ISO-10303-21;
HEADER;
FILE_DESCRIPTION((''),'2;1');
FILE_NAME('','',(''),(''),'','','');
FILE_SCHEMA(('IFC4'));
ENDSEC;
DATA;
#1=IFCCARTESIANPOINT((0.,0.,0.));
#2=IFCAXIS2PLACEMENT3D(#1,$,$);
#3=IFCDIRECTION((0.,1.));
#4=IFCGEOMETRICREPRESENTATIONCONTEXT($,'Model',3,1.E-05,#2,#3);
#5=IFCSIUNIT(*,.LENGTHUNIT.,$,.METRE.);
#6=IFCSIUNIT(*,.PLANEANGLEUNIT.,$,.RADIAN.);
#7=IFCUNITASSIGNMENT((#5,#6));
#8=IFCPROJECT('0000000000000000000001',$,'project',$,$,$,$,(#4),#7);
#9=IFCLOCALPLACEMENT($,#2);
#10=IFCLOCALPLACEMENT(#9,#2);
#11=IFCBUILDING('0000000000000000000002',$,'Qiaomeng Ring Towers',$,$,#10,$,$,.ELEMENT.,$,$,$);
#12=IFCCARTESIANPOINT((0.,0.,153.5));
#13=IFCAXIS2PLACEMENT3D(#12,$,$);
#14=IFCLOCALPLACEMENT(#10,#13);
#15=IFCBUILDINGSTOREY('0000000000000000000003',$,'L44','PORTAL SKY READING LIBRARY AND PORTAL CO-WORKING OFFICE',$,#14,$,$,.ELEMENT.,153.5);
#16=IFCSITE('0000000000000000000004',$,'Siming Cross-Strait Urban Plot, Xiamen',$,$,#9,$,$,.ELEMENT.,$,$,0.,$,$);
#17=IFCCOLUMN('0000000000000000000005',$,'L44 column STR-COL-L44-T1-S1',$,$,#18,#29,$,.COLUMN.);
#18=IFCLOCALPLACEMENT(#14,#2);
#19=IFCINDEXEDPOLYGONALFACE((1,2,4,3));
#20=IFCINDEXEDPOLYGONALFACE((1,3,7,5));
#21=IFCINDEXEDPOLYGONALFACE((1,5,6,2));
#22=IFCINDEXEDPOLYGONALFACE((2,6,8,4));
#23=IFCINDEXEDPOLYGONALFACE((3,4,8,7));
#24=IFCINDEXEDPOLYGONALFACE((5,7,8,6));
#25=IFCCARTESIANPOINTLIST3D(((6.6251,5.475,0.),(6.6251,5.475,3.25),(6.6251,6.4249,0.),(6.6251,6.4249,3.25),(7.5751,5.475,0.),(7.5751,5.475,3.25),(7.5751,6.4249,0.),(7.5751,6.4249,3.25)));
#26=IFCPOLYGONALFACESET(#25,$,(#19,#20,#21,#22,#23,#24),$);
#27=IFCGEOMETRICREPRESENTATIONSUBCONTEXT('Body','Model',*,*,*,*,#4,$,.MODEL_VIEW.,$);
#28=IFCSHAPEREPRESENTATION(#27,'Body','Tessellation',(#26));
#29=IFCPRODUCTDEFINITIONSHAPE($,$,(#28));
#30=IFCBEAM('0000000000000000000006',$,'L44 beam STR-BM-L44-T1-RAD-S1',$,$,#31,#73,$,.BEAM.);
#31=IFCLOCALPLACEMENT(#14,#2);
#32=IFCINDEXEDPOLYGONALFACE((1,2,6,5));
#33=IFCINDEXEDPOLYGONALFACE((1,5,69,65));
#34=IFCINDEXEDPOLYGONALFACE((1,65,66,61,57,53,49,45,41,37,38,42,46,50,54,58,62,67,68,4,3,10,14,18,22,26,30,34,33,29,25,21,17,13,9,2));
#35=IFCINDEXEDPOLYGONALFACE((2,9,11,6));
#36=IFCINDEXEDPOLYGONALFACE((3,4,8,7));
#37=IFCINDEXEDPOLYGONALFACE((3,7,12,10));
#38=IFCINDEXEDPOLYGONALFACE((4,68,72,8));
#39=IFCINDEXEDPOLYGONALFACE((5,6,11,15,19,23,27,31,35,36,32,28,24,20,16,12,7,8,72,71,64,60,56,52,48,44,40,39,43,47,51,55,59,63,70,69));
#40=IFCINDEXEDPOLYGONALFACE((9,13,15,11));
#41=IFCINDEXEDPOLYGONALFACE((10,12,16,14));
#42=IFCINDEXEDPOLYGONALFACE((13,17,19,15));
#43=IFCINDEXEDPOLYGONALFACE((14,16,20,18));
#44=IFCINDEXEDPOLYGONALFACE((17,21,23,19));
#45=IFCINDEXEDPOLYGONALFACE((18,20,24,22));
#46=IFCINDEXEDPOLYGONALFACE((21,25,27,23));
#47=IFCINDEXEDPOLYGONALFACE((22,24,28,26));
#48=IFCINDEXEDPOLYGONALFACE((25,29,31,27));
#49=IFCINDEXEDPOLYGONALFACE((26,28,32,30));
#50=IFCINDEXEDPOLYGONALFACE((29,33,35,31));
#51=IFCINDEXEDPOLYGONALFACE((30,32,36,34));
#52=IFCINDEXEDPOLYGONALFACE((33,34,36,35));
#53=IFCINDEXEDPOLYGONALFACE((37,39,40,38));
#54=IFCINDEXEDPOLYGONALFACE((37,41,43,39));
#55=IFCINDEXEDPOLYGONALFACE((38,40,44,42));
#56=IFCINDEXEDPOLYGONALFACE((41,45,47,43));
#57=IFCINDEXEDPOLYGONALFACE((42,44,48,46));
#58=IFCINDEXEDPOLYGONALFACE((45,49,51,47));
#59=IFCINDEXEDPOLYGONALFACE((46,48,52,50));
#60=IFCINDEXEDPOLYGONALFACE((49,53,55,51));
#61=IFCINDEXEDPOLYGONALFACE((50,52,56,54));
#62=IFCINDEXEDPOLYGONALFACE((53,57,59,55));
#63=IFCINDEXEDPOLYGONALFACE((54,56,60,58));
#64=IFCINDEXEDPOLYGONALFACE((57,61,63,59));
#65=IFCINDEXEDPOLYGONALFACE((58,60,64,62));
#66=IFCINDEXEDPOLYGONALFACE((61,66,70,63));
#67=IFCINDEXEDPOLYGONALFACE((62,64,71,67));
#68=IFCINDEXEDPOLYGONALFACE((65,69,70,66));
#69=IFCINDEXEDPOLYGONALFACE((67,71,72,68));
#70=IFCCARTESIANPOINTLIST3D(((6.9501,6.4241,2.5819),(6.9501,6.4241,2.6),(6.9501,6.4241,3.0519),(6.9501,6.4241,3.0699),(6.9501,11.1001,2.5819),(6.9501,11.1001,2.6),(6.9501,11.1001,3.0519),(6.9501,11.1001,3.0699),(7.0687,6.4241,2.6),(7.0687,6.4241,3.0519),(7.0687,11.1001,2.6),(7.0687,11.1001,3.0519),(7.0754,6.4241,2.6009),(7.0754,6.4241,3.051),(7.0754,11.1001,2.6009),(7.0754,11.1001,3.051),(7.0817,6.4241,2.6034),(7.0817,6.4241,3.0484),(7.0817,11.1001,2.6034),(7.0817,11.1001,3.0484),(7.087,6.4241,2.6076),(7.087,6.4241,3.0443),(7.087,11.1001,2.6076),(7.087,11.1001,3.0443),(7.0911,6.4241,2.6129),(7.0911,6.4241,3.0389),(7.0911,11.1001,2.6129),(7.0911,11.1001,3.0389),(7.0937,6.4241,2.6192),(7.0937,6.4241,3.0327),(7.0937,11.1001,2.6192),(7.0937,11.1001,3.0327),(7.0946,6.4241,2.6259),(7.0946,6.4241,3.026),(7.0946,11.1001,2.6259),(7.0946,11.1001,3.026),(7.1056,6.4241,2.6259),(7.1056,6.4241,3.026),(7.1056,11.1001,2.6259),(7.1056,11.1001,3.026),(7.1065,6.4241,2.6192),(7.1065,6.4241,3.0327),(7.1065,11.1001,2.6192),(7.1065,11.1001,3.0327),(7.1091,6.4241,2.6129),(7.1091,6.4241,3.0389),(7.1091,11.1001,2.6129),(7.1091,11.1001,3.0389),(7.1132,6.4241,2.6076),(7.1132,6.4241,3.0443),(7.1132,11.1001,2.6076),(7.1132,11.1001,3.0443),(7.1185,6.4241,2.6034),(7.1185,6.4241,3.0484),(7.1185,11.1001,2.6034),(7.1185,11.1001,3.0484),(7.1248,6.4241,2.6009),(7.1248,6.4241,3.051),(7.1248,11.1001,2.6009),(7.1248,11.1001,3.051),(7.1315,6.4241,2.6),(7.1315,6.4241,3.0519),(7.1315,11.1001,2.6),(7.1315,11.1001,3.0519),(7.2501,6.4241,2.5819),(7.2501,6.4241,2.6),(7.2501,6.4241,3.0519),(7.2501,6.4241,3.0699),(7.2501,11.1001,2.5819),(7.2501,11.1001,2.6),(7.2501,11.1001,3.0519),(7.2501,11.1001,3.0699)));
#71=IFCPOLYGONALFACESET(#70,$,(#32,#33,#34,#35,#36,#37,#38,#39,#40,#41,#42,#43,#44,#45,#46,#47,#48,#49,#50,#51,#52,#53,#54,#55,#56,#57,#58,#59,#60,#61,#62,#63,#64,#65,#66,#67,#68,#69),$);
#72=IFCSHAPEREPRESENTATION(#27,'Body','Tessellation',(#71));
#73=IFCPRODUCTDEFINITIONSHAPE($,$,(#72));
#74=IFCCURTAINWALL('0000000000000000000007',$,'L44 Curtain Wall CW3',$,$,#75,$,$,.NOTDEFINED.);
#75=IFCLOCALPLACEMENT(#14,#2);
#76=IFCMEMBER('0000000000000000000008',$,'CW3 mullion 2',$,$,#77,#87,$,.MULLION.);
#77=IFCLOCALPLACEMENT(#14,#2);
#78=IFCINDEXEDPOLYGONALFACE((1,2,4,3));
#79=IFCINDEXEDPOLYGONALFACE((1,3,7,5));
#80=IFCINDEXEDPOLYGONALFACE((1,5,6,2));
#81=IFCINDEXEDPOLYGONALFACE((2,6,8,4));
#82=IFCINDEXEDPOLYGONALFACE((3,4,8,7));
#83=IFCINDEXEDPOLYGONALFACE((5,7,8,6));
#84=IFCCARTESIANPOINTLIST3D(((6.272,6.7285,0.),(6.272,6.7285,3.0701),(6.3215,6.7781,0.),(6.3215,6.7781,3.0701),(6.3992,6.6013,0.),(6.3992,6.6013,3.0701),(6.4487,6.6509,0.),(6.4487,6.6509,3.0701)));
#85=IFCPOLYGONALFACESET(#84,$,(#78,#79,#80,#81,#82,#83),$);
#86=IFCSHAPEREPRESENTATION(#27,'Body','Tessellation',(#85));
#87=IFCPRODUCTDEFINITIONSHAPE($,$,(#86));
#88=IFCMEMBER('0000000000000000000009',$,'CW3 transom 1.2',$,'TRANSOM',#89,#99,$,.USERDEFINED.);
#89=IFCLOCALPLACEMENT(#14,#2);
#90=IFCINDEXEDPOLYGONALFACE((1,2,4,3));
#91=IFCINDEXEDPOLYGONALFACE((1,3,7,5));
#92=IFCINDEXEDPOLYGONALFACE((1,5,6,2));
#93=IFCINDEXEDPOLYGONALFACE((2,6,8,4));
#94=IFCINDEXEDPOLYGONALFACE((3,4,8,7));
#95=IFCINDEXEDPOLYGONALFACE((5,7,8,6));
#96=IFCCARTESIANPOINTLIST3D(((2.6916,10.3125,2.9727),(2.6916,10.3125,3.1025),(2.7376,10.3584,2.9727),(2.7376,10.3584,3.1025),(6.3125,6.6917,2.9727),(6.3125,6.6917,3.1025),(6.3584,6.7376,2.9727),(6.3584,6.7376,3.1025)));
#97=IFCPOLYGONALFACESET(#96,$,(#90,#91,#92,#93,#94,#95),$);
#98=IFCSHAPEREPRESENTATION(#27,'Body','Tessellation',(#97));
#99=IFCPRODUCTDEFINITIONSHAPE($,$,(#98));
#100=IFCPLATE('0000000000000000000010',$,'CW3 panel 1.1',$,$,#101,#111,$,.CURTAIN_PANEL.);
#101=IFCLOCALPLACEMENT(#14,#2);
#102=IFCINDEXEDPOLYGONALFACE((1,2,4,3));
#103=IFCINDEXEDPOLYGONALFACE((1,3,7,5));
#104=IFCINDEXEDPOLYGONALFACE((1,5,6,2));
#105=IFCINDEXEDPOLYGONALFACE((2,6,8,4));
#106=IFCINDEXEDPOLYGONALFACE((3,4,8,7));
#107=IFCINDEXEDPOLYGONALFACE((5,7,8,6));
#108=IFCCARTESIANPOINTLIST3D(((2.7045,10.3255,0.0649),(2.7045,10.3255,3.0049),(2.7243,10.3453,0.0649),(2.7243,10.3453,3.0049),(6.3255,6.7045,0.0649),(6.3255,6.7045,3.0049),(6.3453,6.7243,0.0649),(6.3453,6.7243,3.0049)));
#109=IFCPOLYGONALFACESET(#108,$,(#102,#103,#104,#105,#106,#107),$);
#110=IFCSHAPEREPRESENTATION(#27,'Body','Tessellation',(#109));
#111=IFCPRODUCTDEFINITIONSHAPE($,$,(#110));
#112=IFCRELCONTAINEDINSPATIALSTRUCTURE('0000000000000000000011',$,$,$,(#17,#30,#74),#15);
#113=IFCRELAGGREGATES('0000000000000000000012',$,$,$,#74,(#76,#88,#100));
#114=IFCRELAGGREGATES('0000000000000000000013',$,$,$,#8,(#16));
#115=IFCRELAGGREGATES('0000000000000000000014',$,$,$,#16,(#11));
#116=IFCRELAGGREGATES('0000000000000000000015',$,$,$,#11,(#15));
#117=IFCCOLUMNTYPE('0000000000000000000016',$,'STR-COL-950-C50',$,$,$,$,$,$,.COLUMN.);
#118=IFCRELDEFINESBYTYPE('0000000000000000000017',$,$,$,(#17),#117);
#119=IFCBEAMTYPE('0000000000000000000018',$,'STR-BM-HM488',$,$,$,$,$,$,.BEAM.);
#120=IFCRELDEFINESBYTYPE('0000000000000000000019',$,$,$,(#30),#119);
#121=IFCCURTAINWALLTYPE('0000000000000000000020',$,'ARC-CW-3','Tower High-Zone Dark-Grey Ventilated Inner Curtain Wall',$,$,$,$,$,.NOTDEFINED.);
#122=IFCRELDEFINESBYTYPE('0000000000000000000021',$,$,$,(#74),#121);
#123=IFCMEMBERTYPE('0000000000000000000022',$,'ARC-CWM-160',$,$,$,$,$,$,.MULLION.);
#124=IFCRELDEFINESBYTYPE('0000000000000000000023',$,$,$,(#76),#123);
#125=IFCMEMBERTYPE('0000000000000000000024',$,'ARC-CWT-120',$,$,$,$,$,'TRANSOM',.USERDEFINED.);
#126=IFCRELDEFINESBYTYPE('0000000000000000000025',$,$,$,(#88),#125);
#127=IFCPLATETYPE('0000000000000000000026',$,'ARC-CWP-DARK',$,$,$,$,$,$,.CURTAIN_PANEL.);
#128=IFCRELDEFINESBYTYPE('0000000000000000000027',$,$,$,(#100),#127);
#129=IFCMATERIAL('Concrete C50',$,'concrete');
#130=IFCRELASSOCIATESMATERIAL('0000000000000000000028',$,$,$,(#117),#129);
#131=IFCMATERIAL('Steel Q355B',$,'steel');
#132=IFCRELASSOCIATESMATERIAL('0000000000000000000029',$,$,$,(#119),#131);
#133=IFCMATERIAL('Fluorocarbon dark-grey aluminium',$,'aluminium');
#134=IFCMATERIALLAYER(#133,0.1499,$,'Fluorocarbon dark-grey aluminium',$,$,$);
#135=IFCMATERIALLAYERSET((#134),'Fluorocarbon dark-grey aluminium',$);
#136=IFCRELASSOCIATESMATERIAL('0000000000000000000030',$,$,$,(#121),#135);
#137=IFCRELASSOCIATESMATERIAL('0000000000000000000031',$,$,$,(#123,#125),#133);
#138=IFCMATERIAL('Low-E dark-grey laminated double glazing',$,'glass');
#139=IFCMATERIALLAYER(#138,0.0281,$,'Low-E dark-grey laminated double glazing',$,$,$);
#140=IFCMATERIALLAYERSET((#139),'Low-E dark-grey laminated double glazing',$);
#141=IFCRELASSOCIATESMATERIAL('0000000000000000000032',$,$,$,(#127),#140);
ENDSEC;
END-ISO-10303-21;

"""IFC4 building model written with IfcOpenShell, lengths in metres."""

from ifc_helpers import new_model, si_unit, direction, frame, origin, origin_2d, place, context, subcontext, project, spatial, rectangle, i_section, extrude, source, transform, mapped, material, layer, layer_set, material_profile, profile_set, type_object, element, aggregate, save


model = new_model("IFC4")

# Units and contexts
model_context = context("Model", 3, precision=1e-05, world=origin(), true_north=direction((0.0, 1.0)))
body_context = subcontext(model_context, "Body", "Model", "MODEL_VIEW")
ifc_project = project(units=[si_unit("LENGTHUNIT", "METRE"), si_unit("PLANEANGLEUNIT", "RADIAN")], contexts=[model_context])

# Site, building, storey
site_placement = place(None, origin())
site = spatial("IfcSite", under=ifc_project, at=site_placement, Name="Siming Cross-Strait Urban Plot, Xiamen", CompositionType="ELEMENT", RefElevation=0.0)
building_placement = place(site_placement, origin())
building = spatial("IfcBuilding", under=site, at=building_placement, Name="Qiaomeng Ring Towers", CompositionType="ELEMENT")
storey_placement = place(building_placement, frame((0.0, 0.0, 153.5)))
storey = spatial("IfcBuildingStorey", under=building, at=storey_placement, Name="L44", Description="PORTAL SKY READING LIBRARY AND PORTAL CO-WORKING OFFICE", CompositionType="ELEMENT", Elevation=153.5)

# Column
ifc_material_1 = material(Name="Concrete C50", Category="concrete")
ifc_material_profile_1 = material_profile(ifc_material_1, rectangle(XDim=0.95, YDim=0.95, at=origin_2d()), Name="RC COL 950x950")
ifc_profile_set_1 = profile_set([ifc_material_profile_1], Name="Concrete C50")
column_type = type_object("IfcColumnType", Name="STR-COL-950-C50", PredefinedType="COLUMN", material=ifc_profile_set_1)
shared_shape_1 = source(origin(), body_context, "Body", "SweptSolid", [
    extrude(rectangle(XDim=0.95, YDim=0.95, at=origin_2d()), origin(), (0.0, 0.0, 1.0), 3.25),
])
column_placement = place(storey_placement, frame((7.1001, 5.95, 0.0), z_axis=(0.0, 0.0, 1.0), x_axis=(1.0, 0.0, 0.0)))
element("IfcColumn", 1, at=column_placement, inside=storey, type_object=column_type, Name="L44 column STR-COL-L44-T1-S1", PredefinedType="COLUMN", context=body_context, shape_type="MappedRepresentation", body=[
    mapped(shared_shape_1, transform((0.0, 0.0, 0.0), x_axis=(1.0, 0.0, 0.0), y_axis=(0.0, 1.0, 0.0), z_axis=(0.0, 0.0, 1.0), scale=1.0)),
])

# Beam
ifc_material_2 = material(Name="Steel Q355B", Category="steel")
ifc_material_profile_2 = material_profile(ifc_material_2, i_section(OverallWidth=0.3, OverallDepth=0.488, WebThickness=0.011, FlangeThickness=0.0181, FilletRadius=0.0259, at=origin_2d()), Name="HM 488x300x11x18")
ifc_profile_set_2 = profile_set([ifc_material_profile_2], Name="Steel Q355B")
beam_type = type_object("IfcBeamType", Name="STR-BM-HM488", PredefinedType="BEAM", material=ifc_profile_set_2)
shared_shape_2 = source(origin(), body_context, "Body", "SweptSolid", [
    extrude(i_section(OverallWidth=0.3, OverallDepth=0.488, WebThickness=0.011, FlangeThickness=0.0181, FilletRadius=0.0259, at=origin_2d()), origin(), (0.0, 0.0, 1.0), 4.676),
])
beam_placement = place(storey_placement, frame((7.1001, 6.4241, 2.8259), z_axis=(0.0, 1.0, 0.0), x_axis=(-1.0, 0.0, 0.0)))
element("IfcBeam", 2, at=beam_placement, inside=storey, type_object=beam_type, Name="L44 beam STR-BM-L44-T1-RAD-S1", PredefinedType="BEAM", context=body_context, shape_type="MappedRepresentation", body=[
    mapped(shared_shape_2, transform((0.0, 0.0, 0.0), x_axis=(1.0, 0.0, 0.0), y_axis=(0.0, 1.0, 0.0), z_axis=(0.0, 0.0, 1.0), scale=1.0)),
])

# Curtain wall, members, plate
ifc_material_3 = material(Name="Fluorocarbon dark-grey aluminium", Category="aluminium")
ifc_layer_1 = layer(ifc_material_3, 0.1499, Name="Fluorocarbon dark-grey aluminium")
ifc_layer_set_1 = layer_set([ifc_layer_1], Name="Fluorocarbon dark-grey aluminium")
curtain_wall_type = type_object("IfcCurtainWallType", Name="ARC-CW-3", Description="Tower High-Zone Dark-Grey Ventilated Inner Curtain Wall", PredefinedType="NOTDEFINED", material=ifc_layer_set_1)
curtain_wall_placement = place(storey_placement, origin())
curtain_wall = element("IfcCurtainWall", 3, at=curtain_wall_placement, inside=storey, type_object=curtain_wall_type, Name="L44 Curtain Wall CW3", PredefinedType="NOTDEFINED")
ifc_material_profile_3 = material_profile(ifc_material_3, rectangle(XDim=0.0701, YDim=0.1799, at=origin_2d()), Name="ALU MULL 70x180")
ifc_profile_set_3 = profile_set([ifc_material_profile_3], Name="Fluorocarbon dark-grey aluminium")
member_type_1 = type_object("IfcMemberType", Name="ARC-CWM-160", PredefinedType="MULLION", material=ifc_profile_set_3)
shared_shape_3 = source(origin(), body_context, "Body", "SweptSolid", [
    extrude(rectangle(XDim=0.0701, YDim=0.1799, at=origin_2d()), origin(), (0.0, 0.0, 1.0), 3.0701),
])
member_1_placement = place(storey_placement, frame((6.3604, 6.6897, 0.0), z_axis=(0.0, 0.0, 1.0), x_axis=(0.707107, 0.707107, 0.0)))
member_1 = element("IfcMember", 4, at=member_1_placement, type_object=member_type_1, Name="CW3 mullion 2", PredefinedType="MULLION", context=body_context, shape_type="MappedRepresentation", body=[
    mapped(shared_shape_3, transform((0.0, 0.0, 0.0), x_axis=(1.0, 0.0, 0.0), y_axis=(0.0, 1.0, 0.0), z_axis=(0.0, 0.0, 1.0), scale=1.0)),
])
ifc_material_profile_4 = material_profile(ifc_material_3, rectangle(XDim=0.0649, YDim=0.1299, at=origin_2d()), Name="ALU TRAN 65x130")
ifc_profile_set_4 = profile_set([ifc_material_profile_4], Name="Fluorocarbon dark-grey aluminium")
member_type_2 = type_object("IfcMemberType", Name="ARC-CWT-120", ElementType="TRANSOM", PredefinedType="USERDEFINED", material=ifc_profile_set_4)
shared_shape_4 = source(origin(), body_context, "Body", "SweptSolid", [
    extrude(rectangle(XDim=0.0649, YDim=0.1299, at=origin_2d()), origin(), (0.0, 0.0, 1.0), 5.1206),
])
member_2_placement = place(storey_placement, frame((2.7146, 10.3354, 3.0376), z_axis=(0.707107, -0.707107, 0.0), x_axis=(0.707107, 0.707107, 0.0)))
member_2 = element("IfcMember", 5, at=member_2_placement, type_object=member_type_2, Name="CW3 transom 1.2", ObjectType="TRANSOM", PredefinedType="USERDEFINED", context=body_context, shape_type="MappedRepresentation", body=[
    mapped(shared_shape_4, transform((0.0, 0.0, 0.0), x_axis=(1.0, 0.0, 0.0), y_axis=(0.0, 1.0, 0.0), z_axis=(0.0, 0.0, 1.0), scale=1.0)),
])
ifc_material_4 = material(Name="Low-E dark-grey laminated double glazing", Category="glass")
ifc_layer_2 = layer(ifc_material_4, 0.0281, Name="Low-E dark-grey laminated double glazing")
ifc_layer_set_2 = layer_set([ifc_layer_2], Name="Low-E dark-grey laminated double glazing")
plate_type = type_object("IfcPlateType", Name="ARC-CWP-DARK", PredefinedType="CURTAIN_PANEL", material=ifc_layer_set_2)
shared_shape_5 = source(origin(), body_context, "Body", "SweptSolid", [
    extrude(rectangle(XDim=5.1208, YDim=0.0281, at=origin_2d()), origin(), (0.0, 0.0, 1.0), 2.9399),
])
plate_placement = place(storey_placement, frame((4.5249, 8.5249, 0.0649), z_axis=(0.0, 0.0, 1.0), x_axis=(0.707107, -0.707107, 0.0)))
plate = element("IfcPlate", 6, at=plate_placement, type_object=plate_type, Name="CW3 panel 1.1", PredefinedType="CURTAIN_PANEL", context=body_context, shape_type="MappedRepresentation", body=[
    mapped(shared_shape_5, transform((0.0, 0.0, 0.0), x_axis=(1.0, 0.0, 0.0), y_axis=(0.0, 1.0, 0.0), z_axis=(0.0, 0.0, 1.0), scale=1.0)),
])
aggregate(curtain_wall, [member_1, member_2, plate])

save(model, "model.ifc")
